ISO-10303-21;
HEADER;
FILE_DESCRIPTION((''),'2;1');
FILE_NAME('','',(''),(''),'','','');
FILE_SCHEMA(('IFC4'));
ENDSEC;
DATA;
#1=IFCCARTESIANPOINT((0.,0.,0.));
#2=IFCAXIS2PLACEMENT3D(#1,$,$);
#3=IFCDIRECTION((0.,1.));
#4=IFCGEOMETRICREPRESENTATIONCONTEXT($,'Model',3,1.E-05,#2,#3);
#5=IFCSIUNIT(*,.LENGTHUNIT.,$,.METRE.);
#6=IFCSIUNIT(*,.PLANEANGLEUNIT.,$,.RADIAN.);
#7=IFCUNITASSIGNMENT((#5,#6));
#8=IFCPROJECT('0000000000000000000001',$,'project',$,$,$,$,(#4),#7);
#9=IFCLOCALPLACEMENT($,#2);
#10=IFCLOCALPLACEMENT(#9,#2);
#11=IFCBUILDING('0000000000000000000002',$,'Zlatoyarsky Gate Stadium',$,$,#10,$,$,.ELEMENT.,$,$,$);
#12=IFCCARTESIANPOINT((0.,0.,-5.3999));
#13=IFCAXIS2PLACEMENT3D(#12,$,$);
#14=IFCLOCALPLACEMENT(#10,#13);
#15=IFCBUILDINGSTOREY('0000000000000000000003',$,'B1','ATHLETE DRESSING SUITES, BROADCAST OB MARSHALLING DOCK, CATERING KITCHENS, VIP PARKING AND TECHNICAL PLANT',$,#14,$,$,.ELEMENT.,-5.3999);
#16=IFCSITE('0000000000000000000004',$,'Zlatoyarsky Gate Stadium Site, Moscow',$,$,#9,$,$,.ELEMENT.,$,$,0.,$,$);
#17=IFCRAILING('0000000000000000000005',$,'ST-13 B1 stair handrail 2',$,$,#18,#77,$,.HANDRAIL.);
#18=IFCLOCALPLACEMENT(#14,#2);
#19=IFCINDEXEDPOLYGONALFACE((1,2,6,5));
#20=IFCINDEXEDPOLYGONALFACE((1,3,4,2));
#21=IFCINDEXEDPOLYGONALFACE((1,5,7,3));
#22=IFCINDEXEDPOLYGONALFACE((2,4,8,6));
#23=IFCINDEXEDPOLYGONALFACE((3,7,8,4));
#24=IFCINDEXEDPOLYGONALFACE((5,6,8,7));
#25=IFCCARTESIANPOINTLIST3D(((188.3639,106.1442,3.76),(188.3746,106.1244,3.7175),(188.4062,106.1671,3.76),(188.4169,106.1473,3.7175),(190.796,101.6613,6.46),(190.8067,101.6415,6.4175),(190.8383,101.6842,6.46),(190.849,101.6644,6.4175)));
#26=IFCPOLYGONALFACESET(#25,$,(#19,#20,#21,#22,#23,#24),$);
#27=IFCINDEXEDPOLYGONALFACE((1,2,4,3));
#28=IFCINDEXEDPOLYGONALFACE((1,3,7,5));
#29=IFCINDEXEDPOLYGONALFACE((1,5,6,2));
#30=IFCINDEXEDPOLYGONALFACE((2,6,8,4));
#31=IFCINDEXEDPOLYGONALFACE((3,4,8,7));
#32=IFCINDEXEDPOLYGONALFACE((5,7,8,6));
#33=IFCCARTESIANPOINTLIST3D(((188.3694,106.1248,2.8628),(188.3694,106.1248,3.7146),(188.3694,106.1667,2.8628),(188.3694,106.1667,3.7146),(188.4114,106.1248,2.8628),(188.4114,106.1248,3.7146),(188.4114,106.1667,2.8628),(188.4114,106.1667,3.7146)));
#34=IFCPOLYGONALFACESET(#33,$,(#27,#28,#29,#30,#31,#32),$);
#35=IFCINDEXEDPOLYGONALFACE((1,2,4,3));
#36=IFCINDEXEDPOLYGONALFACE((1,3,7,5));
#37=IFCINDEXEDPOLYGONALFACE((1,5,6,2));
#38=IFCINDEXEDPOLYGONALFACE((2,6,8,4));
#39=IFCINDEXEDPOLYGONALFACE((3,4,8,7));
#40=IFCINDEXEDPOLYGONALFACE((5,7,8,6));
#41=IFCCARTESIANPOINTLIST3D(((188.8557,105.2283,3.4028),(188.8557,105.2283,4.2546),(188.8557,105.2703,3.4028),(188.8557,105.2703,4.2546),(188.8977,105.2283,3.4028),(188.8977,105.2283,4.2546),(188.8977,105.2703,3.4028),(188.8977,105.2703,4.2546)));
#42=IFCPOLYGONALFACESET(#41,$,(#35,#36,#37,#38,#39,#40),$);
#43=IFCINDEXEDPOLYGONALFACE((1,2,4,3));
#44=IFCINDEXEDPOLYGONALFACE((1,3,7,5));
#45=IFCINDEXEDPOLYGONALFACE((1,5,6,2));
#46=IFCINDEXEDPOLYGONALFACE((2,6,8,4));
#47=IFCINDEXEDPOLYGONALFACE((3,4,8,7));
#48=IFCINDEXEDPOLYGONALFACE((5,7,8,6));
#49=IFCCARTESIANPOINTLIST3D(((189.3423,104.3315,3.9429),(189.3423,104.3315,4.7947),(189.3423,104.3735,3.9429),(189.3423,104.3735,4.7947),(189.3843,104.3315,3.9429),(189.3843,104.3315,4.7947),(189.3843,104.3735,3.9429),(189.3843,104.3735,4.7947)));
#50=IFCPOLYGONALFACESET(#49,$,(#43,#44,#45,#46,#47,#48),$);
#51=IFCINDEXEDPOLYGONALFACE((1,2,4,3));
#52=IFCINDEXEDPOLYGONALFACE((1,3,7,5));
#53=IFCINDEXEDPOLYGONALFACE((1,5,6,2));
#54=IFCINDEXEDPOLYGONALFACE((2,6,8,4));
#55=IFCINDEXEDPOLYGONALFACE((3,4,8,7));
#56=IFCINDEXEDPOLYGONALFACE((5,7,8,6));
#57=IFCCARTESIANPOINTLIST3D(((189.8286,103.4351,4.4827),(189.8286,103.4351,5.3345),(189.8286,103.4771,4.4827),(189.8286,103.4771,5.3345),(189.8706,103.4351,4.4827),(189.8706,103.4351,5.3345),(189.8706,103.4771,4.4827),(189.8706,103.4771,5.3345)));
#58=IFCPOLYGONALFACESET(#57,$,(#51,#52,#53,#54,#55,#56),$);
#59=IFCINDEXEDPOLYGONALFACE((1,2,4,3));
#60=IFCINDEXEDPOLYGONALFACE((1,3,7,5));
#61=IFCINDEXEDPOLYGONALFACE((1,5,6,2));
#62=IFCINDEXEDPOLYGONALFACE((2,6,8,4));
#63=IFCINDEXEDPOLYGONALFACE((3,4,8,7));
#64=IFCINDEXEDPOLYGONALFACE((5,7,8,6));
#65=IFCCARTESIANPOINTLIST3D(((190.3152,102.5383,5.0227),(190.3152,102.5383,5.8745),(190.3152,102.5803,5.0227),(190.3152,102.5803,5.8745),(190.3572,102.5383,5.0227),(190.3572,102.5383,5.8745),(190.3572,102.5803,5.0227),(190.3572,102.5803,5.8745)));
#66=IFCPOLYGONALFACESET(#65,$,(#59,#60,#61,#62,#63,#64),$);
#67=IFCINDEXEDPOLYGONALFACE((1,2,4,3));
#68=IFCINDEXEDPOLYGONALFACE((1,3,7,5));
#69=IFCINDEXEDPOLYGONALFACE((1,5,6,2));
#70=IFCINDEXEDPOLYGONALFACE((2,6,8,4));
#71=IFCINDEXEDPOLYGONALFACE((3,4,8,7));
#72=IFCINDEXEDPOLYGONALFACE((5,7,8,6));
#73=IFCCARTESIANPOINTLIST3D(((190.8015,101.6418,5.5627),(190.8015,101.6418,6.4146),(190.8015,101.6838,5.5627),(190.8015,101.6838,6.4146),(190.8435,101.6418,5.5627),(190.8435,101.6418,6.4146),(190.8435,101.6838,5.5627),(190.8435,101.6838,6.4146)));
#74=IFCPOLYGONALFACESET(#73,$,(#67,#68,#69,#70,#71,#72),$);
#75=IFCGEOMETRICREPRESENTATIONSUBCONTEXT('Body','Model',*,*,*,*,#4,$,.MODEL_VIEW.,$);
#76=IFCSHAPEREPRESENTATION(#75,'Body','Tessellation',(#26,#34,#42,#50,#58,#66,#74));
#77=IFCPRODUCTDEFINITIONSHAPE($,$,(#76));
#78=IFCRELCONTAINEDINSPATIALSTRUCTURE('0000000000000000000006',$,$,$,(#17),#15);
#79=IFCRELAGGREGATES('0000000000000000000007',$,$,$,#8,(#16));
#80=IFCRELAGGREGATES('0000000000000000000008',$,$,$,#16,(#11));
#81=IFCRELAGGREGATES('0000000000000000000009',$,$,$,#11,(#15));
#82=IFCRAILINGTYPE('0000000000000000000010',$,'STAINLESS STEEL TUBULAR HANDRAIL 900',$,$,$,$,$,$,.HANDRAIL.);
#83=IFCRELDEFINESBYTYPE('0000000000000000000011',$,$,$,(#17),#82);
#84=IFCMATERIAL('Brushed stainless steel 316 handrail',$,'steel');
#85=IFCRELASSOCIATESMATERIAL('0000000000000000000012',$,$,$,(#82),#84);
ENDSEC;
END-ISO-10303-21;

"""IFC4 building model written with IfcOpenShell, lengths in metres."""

from ifc_helpers import new_model, si_unit, direction, frame, origin, origin_2d, place, context, subcontext, project, spatial, rectangle, extrude, material, type_object, element, save


model = new_model("IFC4")

# Units and contexts
model_context = context("Model", 3, precision=1e-05, world=origin(), true_north=direction((0.0, 1.0)))
body_context = subcontext(model_context, "Body", "Model", "MODEL_VIEW")
ifc_project = project(units=[si_unit("LENGTHUNIT", "METRE"), si_unit("PLANEANGLEUNIT", "RADIAN")], contexts=[model_context])

# Site, building, storey
site_placement = place(None, origin())
site = spatial("IfcSite", under=ifc_project, at=site_placement, Name="Zlatoyarsky Gate Stadium Site, Moscow", CompositionType="ELEMENT", RefElevation=0.0)
building_placement = place(site_placement, origin())
building = spatial("IfcBuilding", under=site, at=building_placement, Name="Zlatoyarsky Gate Stadium", CompositionType="ELEMENT")
storey_placement = place(building_placement, frame((0.0, 0.0, -5.3999)))
storey = spatial("IfcBuildingStorey", under=building, at=storey_placement, Name="B1", Description="ATHLETE DRESSING SUITES, BROADCAST OB MARSHALLING DOCK, CATERING KITCHENS, VIP PARKING AND TECHNICAL PLANT", CompositionType="ELEMENT", Elevation=-5.3999)

# Railing
ifc_material_1 = material(Name="Brushed stainless steel 316 handrail", Category="steel")
railing_type_1 = type_object("IfcRailingType", Name="STAINLESS STEEL TUBULAR HANDRAIL 900", PredefinedType="HANDRAIL", material=ifc_material_1)
railing_1_placement = place(storey_placement, frame((188.3904, 106.1458, 2.8628)))
element("IfcRailing", 1, at=railing_1_placement, inside=storey, type_object=railing_type_1, Name="ST-13 B1 stair handrail 2", PredefinedType="HANDRAIL", context=body_context, shape_type="SweptSolid", body=[
    extrude(rectangle(XDim=0.0481, YDim=0.0481, at=origin_2d()), frame((0.0, 0.0, 0.876), z_axis=(0.421459, -0.776834, 0.467869), x_axis=(0.878973, 0.476872, 0.0)), (0.0, 0.0, 1.0), 5.7708),
    extrude(rectangle(XDim=0.042, YDim=0.042, at=origin_2d()), origin(), (0.0, 0.0, 1.0), 0.8518),
    extrude(rectangle(XDim=0.042, YDim=0.042, at=origin_2d()), frame((0.4863, -0.8965, 0.54)), (0.0, 0.0, 1.0), 0.8518),
    extrude(rectangle(XDim=0.042, YDim=0.042, at=origin_2d()), frame((0.9729, -1.7932, 1.0801)), (0.0, 0.0, 1.0), 0.8518),
    extrude(rectangle(XDim=0.042, YDim=0.042, at=origin_2d()), frame((1.4592, -2.6897, 1.6199)), (0.0, 0.0, 1.0), 0.8518),
    extrude(rectangle(XDim=0.042, YDim=0.042, at=origin_2d()), frame((1.9458, -3.5864, 2.1599)), (0.0, 0.0, 1.0), 0.8518),
    extrude(rectangle(XDim=0.042, YDim=0.042, at=origin_2d()), frame((2.4321, -4.4829, 2.7)), (0.0, 0.0, 1.0), 0.8518),
])

save(model, "model.ifc")
